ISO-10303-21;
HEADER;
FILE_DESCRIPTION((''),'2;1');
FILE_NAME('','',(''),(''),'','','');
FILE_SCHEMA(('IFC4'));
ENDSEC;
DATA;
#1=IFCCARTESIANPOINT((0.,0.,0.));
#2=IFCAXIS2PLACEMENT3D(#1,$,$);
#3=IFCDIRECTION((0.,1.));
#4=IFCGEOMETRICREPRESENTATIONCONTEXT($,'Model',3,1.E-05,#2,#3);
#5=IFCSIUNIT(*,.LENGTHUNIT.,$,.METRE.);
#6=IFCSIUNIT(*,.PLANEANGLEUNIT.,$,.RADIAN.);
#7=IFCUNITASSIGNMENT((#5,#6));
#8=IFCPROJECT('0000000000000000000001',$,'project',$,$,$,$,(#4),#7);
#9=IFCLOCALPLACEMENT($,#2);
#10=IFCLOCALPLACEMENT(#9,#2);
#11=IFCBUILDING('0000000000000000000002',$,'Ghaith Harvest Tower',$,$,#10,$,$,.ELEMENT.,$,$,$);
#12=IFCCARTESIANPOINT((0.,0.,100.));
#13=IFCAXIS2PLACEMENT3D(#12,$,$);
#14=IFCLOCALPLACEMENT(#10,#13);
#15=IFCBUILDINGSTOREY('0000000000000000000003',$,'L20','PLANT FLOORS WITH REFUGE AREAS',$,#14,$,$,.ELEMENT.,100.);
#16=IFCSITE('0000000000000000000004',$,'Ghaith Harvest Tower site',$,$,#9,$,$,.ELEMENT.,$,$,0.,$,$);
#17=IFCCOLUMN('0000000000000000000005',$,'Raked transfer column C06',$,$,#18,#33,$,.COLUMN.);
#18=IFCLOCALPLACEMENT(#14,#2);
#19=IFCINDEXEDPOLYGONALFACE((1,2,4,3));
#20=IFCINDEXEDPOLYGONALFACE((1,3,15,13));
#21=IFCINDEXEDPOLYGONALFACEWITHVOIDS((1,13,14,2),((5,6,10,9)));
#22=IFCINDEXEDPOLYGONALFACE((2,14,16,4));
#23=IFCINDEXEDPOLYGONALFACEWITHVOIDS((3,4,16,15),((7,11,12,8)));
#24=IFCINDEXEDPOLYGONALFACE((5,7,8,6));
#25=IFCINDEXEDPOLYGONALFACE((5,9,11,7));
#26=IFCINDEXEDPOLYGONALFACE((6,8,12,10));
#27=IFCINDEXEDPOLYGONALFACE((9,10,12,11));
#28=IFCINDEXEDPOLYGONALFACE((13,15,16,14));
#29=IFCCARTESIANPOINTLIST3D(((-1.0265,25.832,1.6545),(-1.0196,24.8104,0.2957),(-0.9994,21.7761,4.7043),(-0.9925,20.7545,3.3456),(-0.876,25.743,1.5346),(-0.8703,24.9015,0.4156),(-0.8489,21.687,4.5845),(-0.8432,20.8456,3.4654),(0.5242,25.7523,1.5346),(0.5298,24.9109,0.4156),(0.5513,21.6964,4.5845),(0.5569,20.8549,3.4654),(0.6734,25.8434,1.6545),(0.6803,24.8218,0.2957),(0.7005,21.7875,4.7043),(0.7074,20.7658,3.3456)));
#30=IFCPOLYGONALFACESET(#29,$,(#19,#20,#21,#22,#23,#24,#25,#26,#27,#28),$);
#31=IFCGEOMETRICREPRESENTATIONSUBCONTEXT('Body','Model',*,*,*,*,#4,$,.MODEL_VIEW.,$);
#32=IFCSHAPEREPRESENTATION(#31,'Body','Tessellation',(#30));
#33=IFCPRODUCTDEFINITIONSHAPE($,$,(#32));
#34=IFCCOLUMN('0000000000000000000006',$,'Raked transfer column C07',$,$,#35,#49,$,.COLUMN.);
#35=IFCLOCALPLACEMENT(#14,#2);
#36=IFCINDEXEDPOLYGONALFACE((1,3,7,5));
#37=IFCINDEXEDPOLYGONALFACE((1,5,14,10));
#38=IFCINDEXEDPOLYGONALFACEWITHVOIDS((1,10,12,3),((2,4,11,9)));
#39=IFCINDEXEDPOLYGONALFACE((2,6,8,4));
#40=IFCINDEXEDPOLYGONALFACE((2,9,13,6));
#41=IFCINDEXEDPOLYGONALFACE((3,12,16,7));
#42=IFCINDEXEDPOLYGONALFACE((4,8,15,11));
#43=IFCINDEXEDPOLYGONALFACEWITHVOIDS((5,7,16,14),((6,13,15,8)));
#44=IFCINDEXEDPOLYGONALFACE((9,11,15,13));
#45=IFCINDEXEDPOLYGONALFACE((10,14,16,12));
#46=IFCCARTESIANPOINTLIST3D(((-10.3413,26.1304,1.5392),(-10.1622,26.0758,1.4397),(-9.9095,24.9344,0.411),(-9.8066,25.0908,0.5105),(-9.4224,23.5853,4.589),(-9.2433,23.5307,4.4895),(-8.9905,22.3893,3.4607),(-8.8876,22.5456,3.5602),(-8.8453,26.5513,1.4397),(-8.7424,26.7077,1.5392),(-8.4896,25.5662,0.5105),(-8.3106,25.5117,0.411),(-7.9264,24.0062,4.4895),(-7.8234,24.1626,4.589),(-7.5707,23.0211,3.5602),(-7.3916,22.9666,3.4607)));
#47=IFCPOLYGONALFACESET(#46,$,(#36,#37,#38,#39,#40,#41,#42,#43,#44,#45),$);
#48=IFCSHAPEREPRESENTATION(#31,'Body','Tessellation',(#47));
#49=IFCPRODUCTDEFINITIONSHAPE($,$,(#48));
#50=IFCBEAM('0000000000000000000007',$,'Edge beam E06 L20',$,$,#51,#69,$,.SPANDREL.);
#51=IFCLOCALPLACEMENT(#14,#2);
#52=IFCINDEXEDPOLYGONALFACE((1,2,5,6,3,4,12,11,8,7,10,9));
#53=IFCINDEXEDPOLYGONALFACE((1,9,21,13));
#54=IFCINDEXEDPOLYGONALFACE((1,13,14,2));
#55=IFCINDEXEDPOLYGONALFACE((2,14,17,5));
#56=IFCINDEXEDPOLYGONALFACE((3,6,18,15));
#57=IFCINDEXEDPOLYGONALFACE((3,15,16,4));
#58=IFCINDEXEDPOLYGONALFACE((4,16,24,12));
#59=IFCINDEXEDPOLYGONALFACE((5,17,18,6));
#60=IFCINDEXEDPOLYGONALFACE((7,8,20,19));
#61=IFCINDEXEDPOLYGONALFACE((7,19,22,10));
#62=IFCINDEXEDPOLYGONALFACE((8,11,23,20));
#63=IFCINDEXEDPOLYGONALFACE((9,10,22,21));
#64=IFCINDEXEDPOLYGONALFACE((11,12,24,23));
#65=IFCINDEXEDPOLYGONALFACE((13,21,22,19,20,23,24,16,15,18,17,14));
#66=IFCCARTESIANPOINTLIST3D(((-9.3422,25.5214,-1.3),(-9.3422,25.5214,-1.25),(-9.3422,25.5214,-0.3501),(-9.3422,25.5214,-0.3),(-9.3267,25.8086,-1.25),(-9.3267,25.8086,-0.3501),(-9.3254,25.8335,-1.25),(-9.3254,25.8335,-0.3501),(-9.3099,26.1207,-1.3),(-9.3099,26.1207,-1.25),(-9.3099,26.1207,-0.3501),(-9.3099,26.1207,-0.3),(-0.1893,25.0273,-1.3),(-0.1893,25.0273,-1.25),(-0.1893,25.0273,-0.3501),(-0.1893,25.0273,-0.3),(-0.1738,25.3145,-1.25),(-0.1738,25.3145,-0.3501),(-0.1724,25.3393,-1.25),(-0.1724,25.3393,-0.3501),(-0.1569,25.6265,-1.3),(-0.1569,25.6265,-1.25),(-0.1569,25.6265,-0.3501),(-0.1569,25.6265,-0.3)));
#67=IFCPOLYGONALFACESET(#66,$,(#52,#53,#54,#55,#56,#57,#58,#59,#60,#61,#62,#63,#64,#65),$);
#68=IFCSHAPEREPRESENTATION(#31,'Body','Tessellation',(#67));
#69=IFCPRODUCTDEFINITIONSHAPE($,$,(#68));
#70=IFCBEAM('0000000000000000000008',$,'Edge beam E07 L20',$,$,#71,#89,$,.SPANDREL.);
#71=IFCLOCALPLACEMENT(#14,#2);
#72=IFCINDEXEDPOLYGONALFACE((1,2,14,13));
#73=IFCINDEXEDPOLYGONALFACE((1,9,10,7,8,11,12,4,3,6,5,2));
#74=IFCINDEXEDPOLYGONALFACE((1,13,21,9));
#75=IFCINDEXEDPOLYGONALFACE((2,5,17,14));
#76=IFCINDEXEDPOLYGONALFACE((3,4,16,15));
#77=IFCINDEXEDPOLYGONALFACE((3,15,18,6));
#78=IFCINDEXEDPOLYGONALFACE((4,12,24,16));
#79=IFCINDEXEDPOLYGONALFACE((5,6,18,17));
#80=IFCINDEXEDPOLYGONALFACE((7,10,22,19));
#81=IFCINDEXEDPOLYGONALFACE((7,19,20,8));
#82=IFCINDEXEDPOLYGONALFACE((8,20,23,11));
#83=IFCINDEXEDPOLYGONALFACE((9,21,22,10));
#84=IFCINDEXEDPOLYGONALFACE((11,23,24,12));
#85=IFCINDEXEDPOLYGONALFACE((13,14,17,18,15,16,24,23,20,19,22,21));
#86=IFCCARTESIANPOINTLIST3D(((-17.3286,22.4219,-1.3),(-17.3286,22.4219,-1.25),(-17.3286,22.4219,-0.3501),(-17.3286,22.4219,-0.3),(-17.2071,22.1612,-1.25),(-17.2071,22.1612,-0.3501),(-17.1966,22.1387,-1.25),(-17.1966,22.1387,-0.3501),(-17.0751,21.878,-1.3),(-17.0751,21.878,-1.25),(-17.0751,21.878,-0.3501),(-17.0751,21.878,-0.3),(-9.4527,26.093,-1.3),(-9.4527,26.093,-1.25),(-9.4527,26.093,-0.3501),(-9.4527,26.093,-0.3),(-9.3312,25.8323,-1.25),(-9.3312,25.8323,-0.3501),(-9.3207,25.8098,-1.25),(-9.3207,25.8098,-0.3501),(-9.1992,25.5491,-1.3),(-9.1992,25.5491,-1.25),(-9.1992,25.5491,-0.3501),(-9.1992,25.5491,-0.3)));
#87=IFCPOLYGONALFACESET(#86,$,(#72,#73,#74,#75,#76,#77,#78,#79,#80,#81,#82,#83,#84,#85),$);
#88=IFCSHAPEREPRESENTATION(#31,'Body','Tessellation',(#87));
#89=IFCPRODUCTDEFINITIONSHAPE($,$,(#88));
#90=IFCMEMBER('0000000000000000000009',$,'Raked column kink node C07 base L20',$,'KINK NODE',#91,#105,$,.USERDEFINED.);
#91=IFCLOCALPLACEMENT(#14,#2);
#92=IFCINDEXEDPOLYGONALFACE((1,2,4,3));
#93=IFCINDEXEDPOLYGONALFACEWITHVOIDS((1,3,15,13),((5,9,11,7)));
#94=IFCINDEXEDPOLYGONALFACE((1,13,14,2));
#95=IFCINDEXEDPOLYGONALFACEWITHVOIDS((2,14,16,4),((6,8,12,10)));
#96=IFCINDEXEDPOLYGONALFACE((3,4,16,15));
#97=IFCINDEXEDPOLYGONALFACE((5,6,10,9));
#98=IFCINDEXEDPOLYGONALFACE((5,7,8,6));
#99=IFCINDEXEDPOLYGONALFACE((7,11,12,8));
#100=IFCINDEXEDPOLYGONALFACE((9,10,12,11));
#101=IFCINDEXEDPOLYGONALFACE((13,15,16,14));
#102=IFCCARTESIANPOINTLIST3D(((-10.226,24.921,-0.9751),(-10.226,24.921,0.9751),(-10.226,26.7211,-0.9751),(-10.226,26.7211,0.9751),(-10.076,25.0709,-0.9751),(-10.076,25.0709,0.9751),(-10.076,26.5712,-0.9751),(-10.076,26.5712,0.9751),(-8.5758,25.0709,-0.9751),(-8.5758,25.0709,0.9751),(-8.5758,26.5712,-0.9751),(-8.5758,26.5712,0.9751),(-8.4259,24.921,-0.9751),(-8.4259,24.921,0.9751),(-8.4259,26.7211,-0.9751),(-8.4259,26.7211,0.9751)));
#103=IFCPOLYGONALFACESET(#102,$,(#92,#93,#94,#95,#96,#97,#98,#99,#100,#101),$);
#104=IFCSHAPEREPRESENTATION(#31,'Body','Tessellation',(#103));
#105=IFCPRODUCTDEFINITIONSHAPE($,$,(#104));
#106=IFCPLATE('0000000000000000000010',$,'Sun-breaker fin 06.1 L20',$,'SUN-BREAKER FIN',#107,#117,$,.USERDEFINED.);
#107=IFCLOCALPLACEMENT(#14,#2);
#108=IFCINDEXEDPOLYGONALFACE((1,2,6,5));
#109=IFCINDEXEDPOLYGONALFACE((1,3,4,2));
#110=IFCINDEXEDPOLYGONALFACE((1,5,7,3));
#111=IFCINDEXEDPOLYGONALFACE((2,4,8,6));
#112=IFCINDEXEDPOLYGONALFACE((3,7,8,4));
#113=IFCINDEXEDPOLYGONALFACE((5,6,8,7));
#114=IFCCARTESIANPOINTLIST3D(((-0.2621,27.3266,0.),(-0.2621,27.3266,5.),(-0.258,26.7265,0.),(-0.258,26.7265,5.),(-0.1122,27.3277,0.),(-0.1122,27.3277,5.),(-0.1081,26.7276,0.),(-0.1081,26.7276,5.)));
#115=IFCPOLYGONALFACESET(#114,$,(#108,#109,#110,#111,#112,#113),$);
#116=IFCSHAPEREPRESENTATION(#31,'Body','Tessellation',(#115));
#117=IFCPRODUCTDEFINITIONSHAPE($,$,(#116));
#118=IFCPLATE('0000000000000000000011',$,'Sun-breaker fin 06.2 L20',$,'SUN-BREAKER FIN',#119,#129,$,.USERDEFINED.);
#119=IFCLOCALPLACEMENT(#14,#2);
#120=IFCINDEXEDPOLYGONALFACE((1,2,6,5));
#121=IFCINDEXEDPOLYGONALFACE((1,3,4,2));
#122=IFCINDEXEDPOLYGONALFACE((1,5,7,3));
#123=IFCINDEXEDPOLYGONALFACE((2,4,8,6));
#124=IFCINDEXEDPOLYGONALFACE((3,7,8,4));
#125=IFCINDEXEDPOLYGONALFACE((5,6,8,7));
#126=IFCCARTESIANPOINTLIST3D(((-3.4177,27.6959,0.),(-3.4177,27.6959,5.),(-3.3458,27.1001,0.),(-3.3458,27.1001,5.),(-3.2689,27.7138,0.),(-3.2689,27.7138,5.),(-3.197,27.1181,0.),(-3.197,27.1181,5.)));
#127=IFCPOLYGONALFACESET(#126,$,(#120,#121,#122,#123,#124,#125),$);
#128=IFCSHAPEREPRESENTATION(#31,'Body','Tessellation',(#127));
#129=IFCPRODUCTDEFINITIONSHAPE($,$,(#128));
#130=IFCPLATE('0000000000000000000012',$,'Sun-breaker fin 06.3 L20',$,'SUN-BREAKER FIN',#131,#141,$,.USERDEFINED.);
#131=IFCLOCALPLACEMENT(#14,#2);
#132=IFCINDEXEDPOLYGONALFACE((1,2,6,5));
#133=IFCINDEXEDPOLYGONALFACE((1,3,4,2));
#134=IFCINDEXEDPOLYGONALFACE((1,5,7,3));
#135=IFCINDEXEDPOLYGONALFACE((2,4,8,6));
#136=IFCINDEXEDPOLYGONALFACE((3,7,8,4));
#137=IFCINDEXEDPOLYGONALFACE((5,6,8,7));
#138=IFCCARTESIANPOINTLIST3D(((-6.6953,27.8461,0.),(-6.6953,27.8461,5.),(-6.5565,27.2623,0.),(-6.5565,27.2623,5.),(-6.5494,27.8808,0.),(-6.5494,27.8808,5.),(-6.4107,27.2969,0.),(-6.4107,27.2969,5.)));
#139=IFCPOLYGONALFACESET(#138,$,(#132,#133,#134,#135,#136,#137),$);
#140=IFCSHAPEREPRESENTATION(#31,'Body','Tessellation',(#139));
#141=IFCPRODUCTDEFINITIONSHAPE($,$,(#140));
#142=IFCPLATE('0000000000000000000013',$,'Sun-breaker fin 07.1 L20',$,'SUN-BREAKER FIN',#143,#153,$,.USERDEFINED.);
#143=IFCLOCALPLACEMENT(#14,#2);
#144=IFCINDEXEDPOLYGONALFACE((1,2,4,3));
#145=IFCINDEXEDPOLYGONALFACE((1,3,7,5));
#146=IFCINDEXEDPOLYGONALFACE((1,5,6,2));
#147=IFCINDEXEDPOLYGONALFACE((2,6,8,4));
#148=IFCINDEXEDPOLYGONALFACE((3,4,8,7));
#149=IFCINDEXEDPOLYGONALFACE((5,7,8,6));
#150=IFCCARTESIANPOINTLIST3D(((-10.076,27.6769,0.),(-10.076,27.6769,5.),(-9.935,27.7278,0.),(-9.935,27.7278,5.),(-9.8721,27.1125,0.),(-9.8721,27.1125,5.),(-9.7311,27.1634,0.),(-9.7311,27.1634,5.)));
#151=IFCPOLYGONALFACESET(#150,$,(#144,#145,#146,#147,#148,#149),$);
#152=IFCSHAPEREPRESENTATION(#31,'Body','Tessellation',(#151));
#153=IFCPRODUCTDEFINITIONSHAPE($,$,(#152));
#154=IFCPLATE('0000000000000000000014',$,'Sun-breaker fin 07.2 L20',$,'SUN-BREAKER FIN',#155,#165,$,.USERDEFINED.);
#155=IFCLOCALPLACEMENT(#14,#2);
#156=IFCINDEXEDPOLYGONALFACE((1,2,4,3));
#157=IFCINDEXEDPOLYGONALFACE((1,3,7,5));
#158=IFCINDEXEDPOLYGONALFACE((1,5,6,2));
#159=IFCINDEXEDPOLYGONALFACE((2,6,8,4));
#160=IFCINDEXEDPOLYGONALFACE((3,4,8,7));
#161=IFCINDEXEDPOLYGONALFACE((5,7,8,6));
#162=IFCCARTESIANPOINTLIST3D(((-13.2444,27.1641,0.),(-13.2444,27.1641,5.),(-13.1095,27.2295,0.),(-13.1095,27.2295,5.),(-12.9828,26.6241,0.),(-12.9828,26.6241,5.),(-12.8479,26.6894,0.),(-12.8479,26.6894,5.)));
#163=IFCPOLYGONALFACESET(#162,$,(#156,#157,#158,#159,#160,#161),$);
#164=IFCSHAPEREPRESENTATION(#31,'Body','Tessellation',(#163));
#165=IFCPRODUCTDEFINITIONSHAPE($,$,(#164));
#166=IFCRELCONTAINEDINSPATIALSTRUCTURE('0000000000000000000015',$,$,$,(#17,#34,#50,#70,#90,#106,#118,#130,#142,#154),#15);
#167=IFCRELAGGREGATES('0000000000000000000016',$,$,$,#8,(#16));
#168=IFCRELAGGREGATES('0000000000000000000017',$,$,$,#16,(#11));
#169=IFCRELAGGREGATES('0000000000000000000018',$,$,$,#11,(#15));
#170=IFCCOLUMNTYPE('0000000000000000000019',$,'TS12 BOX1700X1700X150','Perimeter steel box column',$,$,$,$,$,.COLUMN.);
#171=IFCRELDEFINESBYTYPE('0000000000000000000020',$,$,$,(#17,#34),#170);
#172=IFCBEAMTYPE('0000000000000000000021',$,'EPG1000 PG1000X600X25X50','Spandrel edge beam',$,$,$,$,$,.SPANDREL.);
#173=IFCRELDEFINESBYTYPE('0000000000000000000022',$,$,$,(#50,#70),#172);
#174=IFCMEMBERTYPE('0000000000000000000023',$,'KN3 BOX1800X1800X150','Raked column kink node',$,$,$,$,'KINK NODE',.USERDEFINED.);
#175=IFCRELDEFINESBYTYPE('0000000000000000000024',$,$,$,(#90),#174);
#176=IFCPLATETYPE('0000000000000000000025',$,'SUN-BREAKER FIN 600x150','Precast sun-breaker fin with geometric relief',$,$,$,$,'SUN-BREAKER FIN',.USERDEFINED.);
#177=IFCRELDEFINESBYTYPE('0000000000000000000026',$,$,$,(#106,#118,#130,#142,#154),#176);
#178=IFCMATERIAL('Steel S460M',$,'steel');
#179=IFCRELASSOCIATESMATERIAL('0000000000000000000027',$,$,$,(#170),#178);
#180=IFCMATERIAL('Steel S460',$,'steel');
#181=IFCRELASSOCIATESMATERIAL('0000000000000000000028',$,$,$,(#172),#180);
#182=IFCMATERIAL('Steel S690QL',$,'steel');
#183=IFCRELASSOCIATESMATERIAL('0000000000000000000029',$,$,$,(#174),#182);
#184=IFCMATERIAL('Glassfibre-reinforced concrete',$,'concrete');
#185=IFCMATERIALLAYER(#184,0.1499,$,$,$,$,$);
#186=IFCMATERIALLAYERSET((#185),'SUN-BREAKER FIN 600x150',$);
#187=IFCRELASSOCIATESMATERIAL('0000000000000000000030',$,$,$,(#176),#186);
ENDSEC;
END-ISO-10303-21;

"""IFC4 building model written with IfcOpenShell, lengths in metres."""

from ifc_helpers import new_model, si_unit, direction, frame, origin, origin_2d, place, context, subcontext, project, spatial, rectangle, hollow_rectangle, i_section, extrude, material, layer, layer_set, material_profile, profile_set, type_object, element, save


model = new_model("IFC4")

# Units and contexts
model_context = context("Model", 3, precision=1e-05, world=origin(), true_north=direction((0.0, 1.0)))
body_context = subcontext(model_context, "Body", "Model", "MODEL_VIEW")
ifc_project = project(units=[si_unit("LENGTHUNIT", "METRE"), si_unit("PLANEANGLEUNIT", "RADIAN")], contexts=[model_context])

# Site, building, storey
site_placement = place(None, origin())
site = spatial("IfcSite", under=ifc_project, at=site_placement, Name="Ghaith Harvest Tower site", CompositionType="ELEMENT", RefElevation=0.0)
building_placement = place(site_placement, origin())
building = spatial("IfcBuilding", under=site, at=building_placement, Name="Ghaith Harvest Tower", CompositionType="ELEMENT")
storey_placement = place(building_placement, frame((0.0, 0.0, 100.0)))
storey = spatial("IfcBuildingStorey", under=building, at=storey_placement, Name="L20", Description="PLANT FLOORS WITH REFUGE AREAS", CompositionType="ELEMENT", Elevation=100.0)

# Columns
ifc_material_1 = material(Name="Steel S460M", Category="steel")
ifc_material_profile_1 = material_profile(ifc_material_1, hollow_rectangle(XDim=1.7, YDim=1.7, WallThickness=0.1499, at=origin_2d()), Name="BOX1700X1700X150")
ifc_profile_set_1 = profile_set([ifc_material_profile_1], Name="Steel S460M")
column_type = type_object("IfcColumnType", Name="TS12 BOX1700X1700X150", Description="Perimeter steel box column", PredefinedType="COLUMN", material=ifc_profile_set_1)
column_1_placement = place(storey_placement, frame((-0.1731, 25.3269, 0.9751), z_axis=(0.00534, -0.799243, 0.600984), x_axis=(0.999978, 0.006681, 0.0)))
element("IfcColumn", 1, at=column_1_placement, inside=storey, type_object=column_type, Name="Raked transfer column C06", PredefinedType="COLUMN", context=body_context, shape_type="SweptSolid", body=[
    extrude(hollow_rectangle(XDim=1.7, YDim=1.7, WallThickness=0.1499, at=origin_2d()), origin(), (0.0, 0.0, 1.0), 5.0747),
])
column_2_placement = place(storey_placement, frame((-9.3259, 25.821, 0.9751), z_axis=(0.225386, -0.624242, 0.748013), x_axis=(0.940571, 0.339598, 0.0)))
element("IfcColumn", 2, at=column_2_placement, inside=storey, type_object=column_type, Name="Raked transfer column C07", PredefinedType="COLUMN", context=body_context, shape_type="SweptSolid", body=[
    extrude(hollow_rectangle(XDim=1.7, YDim=1.7, WallThickness=0.1499, at=origin_2d()), origin(), (0.0, 0.0, 1.0), 4.0771),
])

# Beams
ifc_material_2 = material(Name="Steel S460", Category="steel")
ifc_material_profile_2 = material_profile(ifc_material_2, i_section(OverallWidth=0.6001, OverallDepth=1.0, WebThickness=0.0249, FlangeThickness=0.05, at=origin_2d()), Name="PG1000X600X25X50")
ifc_profile_set_2 = profile_set([ifc_material_profile_2], Name="Steel S460")
beam_type = type_object("IfcBeamType", Name="EPG1000 PG1000X600X25X50", Description="Spandrel edge beam", PredefinedType="SPANDREL", material=ifc_profile_set_2)
beam_1_placement = place(storey_placement, frame((-0.1731, 25.3269, -0.8), z_axis=(-0.998546, 0.053909, 0.0), x_axis=(-0.053909, -0.998546, 0.0)))
element("IfcBeam", 3, at=beam_1_placement, inside=storey, type_object=beam_type, Name="Edge beam E06 L20", PredefinedType="SPANDREL", context=body_context, shape_type="SweptSolid", body=[
    extrude(i_section(OverallWidth=0.6001, OverallDepth=1.0, WebThickness=0.0249, FlangeThickness=0.05, at=origin_2d()), origin(), (0.0, 0.0, 1.0), 9.1663),
])
beam_2_placement = place(storey_placement, frame((-9.3259, 25.821, -0.8), z_axis=(-0.906373, -0.422478, 0.0), x_axis=(0.422478, -0.906373, 0.0)))
element("IfcBeam", 4, at=beam_2_placement, inside=storey, type_object=beam_type, Name="Edge beam E07 L20", PredefinedType="SPANDREL", context=body_context, shape_type="SweptSolid", body=[
    extrude(i_section(OverallWidth=0.6001, OverallDepth=1.0, WebThickness=0.0249, FlangeThickness=0.05, at=origin_2d()), origin(), (0.0, 0.0, 1.0), 8.6895),
])

# Member
ifc_material_3 = material(Name="Steel S690QL", Category="steel")
ifc_material_profile_3 = material_profile(ifc_material_3, hollow_rectangle(XDim=1.8, YDim=1.8, WallThickness=0.1499, at=origin_2d()), Name="BOX1800X1800X150")
ifc_profile_set_3 = profile_set([ifc_material_profile_3], Name="Steel S690QL")
member_type = type_object("IfcMemberType", Name="KN3 BOX1800X1800X150", Description="Raked column kink node", ElementType="KINK NODE", PredefinedType="USERDEFINED", material=ifc_profile_set_3)
member_placement = place(storey_placement, frame((-9.3259, 25.821, -0.9751), z_axis=(0.0, 0.0, 1.0), x_axis=(1.0, 0.0, 0.0)))
element("IfcMember", 5, at=member_placement, inside=storey, type_object=member_type, Name="Raked column kink node C07 base L20", ObjectType="KINK NODE", PredefinedType="USERDEFINED", context=body_context, shape_type="SweptSolid", body=[
    extrude(hollow_rectangle(XDim=1.8, YDim=1.8, WallThickness=0.1499, at=origin_2d()), origin(), (0.0, 0.0, 1.0), 1.9502),
])

# Plates
ifc_material_4 = material(Name="Glassfibre-reinforced concrete", Category="concrete")
ifc_layer_1 = layer(ifc_material_4, 0.1499)
ifc_layer_set_1 = layer_set([ifc_layer_1], Name="SUN-BREAKER FIN 600x150")
plate_type = type_object("IfcPlateType", Name="SUN-BREAKER FIN 600x150", Description="Precast sun-breaker fin with geometric relief", ElementType="SUN-BREAKER FIN", PredefinedType="USERDEFINED", material=ifc_layer_set_1)
for number, where, z_axis, x_axis, name in (
    (6, (-0.1851, 27.0271, 0.0), (0.0, 0.0, 1.0), (-0.006844, 0.999977, 0.0), "Sun-breaker fin 06.1 L20"),
    (7, (-3.3074, 27.407, 0.0), (0.0, 0.0, 1.0), (-0.119807, 0.992797, 0.0), "Sun-breaker fin 06.2 L20"),
    (8, (-6.553, 27.5715, 0.0), (0.0, 0.0, 1.0), (-0.231234, 0.972898, 0.0), "Sun-breaker fin 06.3 L20"),
    (9, (-9.9036, 27.4202, 0.0), (0.0, 0.0, 1.0), (-0.339699, 0.940534, 0.0), "Sun-breaker fin 07.1 L20"),
    (10, (-13.0461, 26.9268, 0.0), (0.0, 0.0, 1.0), (-0.436023, 0.899935, 0.0), "Sun-breaker fin 07.2 L20"),
):
    element("IfcPlate", number, at=place(storey_placement, frame(where, z_axis=z_axis, x_axis=x_axis)), inside=storey, type_object=plate_type, Name=name, ObjectType="SUN-BREAKER FIN", PredefinedType="USERDEFINED", context=body_context, shape_type="SweptSolid", body=[
        extrude(rectangle(XDim=0.6001, YDim=0.1499, at=origin_2d()), origin(), (0.0, 0.0, 1.0), 5.0),
    ])

save(model, "model.ifc")
